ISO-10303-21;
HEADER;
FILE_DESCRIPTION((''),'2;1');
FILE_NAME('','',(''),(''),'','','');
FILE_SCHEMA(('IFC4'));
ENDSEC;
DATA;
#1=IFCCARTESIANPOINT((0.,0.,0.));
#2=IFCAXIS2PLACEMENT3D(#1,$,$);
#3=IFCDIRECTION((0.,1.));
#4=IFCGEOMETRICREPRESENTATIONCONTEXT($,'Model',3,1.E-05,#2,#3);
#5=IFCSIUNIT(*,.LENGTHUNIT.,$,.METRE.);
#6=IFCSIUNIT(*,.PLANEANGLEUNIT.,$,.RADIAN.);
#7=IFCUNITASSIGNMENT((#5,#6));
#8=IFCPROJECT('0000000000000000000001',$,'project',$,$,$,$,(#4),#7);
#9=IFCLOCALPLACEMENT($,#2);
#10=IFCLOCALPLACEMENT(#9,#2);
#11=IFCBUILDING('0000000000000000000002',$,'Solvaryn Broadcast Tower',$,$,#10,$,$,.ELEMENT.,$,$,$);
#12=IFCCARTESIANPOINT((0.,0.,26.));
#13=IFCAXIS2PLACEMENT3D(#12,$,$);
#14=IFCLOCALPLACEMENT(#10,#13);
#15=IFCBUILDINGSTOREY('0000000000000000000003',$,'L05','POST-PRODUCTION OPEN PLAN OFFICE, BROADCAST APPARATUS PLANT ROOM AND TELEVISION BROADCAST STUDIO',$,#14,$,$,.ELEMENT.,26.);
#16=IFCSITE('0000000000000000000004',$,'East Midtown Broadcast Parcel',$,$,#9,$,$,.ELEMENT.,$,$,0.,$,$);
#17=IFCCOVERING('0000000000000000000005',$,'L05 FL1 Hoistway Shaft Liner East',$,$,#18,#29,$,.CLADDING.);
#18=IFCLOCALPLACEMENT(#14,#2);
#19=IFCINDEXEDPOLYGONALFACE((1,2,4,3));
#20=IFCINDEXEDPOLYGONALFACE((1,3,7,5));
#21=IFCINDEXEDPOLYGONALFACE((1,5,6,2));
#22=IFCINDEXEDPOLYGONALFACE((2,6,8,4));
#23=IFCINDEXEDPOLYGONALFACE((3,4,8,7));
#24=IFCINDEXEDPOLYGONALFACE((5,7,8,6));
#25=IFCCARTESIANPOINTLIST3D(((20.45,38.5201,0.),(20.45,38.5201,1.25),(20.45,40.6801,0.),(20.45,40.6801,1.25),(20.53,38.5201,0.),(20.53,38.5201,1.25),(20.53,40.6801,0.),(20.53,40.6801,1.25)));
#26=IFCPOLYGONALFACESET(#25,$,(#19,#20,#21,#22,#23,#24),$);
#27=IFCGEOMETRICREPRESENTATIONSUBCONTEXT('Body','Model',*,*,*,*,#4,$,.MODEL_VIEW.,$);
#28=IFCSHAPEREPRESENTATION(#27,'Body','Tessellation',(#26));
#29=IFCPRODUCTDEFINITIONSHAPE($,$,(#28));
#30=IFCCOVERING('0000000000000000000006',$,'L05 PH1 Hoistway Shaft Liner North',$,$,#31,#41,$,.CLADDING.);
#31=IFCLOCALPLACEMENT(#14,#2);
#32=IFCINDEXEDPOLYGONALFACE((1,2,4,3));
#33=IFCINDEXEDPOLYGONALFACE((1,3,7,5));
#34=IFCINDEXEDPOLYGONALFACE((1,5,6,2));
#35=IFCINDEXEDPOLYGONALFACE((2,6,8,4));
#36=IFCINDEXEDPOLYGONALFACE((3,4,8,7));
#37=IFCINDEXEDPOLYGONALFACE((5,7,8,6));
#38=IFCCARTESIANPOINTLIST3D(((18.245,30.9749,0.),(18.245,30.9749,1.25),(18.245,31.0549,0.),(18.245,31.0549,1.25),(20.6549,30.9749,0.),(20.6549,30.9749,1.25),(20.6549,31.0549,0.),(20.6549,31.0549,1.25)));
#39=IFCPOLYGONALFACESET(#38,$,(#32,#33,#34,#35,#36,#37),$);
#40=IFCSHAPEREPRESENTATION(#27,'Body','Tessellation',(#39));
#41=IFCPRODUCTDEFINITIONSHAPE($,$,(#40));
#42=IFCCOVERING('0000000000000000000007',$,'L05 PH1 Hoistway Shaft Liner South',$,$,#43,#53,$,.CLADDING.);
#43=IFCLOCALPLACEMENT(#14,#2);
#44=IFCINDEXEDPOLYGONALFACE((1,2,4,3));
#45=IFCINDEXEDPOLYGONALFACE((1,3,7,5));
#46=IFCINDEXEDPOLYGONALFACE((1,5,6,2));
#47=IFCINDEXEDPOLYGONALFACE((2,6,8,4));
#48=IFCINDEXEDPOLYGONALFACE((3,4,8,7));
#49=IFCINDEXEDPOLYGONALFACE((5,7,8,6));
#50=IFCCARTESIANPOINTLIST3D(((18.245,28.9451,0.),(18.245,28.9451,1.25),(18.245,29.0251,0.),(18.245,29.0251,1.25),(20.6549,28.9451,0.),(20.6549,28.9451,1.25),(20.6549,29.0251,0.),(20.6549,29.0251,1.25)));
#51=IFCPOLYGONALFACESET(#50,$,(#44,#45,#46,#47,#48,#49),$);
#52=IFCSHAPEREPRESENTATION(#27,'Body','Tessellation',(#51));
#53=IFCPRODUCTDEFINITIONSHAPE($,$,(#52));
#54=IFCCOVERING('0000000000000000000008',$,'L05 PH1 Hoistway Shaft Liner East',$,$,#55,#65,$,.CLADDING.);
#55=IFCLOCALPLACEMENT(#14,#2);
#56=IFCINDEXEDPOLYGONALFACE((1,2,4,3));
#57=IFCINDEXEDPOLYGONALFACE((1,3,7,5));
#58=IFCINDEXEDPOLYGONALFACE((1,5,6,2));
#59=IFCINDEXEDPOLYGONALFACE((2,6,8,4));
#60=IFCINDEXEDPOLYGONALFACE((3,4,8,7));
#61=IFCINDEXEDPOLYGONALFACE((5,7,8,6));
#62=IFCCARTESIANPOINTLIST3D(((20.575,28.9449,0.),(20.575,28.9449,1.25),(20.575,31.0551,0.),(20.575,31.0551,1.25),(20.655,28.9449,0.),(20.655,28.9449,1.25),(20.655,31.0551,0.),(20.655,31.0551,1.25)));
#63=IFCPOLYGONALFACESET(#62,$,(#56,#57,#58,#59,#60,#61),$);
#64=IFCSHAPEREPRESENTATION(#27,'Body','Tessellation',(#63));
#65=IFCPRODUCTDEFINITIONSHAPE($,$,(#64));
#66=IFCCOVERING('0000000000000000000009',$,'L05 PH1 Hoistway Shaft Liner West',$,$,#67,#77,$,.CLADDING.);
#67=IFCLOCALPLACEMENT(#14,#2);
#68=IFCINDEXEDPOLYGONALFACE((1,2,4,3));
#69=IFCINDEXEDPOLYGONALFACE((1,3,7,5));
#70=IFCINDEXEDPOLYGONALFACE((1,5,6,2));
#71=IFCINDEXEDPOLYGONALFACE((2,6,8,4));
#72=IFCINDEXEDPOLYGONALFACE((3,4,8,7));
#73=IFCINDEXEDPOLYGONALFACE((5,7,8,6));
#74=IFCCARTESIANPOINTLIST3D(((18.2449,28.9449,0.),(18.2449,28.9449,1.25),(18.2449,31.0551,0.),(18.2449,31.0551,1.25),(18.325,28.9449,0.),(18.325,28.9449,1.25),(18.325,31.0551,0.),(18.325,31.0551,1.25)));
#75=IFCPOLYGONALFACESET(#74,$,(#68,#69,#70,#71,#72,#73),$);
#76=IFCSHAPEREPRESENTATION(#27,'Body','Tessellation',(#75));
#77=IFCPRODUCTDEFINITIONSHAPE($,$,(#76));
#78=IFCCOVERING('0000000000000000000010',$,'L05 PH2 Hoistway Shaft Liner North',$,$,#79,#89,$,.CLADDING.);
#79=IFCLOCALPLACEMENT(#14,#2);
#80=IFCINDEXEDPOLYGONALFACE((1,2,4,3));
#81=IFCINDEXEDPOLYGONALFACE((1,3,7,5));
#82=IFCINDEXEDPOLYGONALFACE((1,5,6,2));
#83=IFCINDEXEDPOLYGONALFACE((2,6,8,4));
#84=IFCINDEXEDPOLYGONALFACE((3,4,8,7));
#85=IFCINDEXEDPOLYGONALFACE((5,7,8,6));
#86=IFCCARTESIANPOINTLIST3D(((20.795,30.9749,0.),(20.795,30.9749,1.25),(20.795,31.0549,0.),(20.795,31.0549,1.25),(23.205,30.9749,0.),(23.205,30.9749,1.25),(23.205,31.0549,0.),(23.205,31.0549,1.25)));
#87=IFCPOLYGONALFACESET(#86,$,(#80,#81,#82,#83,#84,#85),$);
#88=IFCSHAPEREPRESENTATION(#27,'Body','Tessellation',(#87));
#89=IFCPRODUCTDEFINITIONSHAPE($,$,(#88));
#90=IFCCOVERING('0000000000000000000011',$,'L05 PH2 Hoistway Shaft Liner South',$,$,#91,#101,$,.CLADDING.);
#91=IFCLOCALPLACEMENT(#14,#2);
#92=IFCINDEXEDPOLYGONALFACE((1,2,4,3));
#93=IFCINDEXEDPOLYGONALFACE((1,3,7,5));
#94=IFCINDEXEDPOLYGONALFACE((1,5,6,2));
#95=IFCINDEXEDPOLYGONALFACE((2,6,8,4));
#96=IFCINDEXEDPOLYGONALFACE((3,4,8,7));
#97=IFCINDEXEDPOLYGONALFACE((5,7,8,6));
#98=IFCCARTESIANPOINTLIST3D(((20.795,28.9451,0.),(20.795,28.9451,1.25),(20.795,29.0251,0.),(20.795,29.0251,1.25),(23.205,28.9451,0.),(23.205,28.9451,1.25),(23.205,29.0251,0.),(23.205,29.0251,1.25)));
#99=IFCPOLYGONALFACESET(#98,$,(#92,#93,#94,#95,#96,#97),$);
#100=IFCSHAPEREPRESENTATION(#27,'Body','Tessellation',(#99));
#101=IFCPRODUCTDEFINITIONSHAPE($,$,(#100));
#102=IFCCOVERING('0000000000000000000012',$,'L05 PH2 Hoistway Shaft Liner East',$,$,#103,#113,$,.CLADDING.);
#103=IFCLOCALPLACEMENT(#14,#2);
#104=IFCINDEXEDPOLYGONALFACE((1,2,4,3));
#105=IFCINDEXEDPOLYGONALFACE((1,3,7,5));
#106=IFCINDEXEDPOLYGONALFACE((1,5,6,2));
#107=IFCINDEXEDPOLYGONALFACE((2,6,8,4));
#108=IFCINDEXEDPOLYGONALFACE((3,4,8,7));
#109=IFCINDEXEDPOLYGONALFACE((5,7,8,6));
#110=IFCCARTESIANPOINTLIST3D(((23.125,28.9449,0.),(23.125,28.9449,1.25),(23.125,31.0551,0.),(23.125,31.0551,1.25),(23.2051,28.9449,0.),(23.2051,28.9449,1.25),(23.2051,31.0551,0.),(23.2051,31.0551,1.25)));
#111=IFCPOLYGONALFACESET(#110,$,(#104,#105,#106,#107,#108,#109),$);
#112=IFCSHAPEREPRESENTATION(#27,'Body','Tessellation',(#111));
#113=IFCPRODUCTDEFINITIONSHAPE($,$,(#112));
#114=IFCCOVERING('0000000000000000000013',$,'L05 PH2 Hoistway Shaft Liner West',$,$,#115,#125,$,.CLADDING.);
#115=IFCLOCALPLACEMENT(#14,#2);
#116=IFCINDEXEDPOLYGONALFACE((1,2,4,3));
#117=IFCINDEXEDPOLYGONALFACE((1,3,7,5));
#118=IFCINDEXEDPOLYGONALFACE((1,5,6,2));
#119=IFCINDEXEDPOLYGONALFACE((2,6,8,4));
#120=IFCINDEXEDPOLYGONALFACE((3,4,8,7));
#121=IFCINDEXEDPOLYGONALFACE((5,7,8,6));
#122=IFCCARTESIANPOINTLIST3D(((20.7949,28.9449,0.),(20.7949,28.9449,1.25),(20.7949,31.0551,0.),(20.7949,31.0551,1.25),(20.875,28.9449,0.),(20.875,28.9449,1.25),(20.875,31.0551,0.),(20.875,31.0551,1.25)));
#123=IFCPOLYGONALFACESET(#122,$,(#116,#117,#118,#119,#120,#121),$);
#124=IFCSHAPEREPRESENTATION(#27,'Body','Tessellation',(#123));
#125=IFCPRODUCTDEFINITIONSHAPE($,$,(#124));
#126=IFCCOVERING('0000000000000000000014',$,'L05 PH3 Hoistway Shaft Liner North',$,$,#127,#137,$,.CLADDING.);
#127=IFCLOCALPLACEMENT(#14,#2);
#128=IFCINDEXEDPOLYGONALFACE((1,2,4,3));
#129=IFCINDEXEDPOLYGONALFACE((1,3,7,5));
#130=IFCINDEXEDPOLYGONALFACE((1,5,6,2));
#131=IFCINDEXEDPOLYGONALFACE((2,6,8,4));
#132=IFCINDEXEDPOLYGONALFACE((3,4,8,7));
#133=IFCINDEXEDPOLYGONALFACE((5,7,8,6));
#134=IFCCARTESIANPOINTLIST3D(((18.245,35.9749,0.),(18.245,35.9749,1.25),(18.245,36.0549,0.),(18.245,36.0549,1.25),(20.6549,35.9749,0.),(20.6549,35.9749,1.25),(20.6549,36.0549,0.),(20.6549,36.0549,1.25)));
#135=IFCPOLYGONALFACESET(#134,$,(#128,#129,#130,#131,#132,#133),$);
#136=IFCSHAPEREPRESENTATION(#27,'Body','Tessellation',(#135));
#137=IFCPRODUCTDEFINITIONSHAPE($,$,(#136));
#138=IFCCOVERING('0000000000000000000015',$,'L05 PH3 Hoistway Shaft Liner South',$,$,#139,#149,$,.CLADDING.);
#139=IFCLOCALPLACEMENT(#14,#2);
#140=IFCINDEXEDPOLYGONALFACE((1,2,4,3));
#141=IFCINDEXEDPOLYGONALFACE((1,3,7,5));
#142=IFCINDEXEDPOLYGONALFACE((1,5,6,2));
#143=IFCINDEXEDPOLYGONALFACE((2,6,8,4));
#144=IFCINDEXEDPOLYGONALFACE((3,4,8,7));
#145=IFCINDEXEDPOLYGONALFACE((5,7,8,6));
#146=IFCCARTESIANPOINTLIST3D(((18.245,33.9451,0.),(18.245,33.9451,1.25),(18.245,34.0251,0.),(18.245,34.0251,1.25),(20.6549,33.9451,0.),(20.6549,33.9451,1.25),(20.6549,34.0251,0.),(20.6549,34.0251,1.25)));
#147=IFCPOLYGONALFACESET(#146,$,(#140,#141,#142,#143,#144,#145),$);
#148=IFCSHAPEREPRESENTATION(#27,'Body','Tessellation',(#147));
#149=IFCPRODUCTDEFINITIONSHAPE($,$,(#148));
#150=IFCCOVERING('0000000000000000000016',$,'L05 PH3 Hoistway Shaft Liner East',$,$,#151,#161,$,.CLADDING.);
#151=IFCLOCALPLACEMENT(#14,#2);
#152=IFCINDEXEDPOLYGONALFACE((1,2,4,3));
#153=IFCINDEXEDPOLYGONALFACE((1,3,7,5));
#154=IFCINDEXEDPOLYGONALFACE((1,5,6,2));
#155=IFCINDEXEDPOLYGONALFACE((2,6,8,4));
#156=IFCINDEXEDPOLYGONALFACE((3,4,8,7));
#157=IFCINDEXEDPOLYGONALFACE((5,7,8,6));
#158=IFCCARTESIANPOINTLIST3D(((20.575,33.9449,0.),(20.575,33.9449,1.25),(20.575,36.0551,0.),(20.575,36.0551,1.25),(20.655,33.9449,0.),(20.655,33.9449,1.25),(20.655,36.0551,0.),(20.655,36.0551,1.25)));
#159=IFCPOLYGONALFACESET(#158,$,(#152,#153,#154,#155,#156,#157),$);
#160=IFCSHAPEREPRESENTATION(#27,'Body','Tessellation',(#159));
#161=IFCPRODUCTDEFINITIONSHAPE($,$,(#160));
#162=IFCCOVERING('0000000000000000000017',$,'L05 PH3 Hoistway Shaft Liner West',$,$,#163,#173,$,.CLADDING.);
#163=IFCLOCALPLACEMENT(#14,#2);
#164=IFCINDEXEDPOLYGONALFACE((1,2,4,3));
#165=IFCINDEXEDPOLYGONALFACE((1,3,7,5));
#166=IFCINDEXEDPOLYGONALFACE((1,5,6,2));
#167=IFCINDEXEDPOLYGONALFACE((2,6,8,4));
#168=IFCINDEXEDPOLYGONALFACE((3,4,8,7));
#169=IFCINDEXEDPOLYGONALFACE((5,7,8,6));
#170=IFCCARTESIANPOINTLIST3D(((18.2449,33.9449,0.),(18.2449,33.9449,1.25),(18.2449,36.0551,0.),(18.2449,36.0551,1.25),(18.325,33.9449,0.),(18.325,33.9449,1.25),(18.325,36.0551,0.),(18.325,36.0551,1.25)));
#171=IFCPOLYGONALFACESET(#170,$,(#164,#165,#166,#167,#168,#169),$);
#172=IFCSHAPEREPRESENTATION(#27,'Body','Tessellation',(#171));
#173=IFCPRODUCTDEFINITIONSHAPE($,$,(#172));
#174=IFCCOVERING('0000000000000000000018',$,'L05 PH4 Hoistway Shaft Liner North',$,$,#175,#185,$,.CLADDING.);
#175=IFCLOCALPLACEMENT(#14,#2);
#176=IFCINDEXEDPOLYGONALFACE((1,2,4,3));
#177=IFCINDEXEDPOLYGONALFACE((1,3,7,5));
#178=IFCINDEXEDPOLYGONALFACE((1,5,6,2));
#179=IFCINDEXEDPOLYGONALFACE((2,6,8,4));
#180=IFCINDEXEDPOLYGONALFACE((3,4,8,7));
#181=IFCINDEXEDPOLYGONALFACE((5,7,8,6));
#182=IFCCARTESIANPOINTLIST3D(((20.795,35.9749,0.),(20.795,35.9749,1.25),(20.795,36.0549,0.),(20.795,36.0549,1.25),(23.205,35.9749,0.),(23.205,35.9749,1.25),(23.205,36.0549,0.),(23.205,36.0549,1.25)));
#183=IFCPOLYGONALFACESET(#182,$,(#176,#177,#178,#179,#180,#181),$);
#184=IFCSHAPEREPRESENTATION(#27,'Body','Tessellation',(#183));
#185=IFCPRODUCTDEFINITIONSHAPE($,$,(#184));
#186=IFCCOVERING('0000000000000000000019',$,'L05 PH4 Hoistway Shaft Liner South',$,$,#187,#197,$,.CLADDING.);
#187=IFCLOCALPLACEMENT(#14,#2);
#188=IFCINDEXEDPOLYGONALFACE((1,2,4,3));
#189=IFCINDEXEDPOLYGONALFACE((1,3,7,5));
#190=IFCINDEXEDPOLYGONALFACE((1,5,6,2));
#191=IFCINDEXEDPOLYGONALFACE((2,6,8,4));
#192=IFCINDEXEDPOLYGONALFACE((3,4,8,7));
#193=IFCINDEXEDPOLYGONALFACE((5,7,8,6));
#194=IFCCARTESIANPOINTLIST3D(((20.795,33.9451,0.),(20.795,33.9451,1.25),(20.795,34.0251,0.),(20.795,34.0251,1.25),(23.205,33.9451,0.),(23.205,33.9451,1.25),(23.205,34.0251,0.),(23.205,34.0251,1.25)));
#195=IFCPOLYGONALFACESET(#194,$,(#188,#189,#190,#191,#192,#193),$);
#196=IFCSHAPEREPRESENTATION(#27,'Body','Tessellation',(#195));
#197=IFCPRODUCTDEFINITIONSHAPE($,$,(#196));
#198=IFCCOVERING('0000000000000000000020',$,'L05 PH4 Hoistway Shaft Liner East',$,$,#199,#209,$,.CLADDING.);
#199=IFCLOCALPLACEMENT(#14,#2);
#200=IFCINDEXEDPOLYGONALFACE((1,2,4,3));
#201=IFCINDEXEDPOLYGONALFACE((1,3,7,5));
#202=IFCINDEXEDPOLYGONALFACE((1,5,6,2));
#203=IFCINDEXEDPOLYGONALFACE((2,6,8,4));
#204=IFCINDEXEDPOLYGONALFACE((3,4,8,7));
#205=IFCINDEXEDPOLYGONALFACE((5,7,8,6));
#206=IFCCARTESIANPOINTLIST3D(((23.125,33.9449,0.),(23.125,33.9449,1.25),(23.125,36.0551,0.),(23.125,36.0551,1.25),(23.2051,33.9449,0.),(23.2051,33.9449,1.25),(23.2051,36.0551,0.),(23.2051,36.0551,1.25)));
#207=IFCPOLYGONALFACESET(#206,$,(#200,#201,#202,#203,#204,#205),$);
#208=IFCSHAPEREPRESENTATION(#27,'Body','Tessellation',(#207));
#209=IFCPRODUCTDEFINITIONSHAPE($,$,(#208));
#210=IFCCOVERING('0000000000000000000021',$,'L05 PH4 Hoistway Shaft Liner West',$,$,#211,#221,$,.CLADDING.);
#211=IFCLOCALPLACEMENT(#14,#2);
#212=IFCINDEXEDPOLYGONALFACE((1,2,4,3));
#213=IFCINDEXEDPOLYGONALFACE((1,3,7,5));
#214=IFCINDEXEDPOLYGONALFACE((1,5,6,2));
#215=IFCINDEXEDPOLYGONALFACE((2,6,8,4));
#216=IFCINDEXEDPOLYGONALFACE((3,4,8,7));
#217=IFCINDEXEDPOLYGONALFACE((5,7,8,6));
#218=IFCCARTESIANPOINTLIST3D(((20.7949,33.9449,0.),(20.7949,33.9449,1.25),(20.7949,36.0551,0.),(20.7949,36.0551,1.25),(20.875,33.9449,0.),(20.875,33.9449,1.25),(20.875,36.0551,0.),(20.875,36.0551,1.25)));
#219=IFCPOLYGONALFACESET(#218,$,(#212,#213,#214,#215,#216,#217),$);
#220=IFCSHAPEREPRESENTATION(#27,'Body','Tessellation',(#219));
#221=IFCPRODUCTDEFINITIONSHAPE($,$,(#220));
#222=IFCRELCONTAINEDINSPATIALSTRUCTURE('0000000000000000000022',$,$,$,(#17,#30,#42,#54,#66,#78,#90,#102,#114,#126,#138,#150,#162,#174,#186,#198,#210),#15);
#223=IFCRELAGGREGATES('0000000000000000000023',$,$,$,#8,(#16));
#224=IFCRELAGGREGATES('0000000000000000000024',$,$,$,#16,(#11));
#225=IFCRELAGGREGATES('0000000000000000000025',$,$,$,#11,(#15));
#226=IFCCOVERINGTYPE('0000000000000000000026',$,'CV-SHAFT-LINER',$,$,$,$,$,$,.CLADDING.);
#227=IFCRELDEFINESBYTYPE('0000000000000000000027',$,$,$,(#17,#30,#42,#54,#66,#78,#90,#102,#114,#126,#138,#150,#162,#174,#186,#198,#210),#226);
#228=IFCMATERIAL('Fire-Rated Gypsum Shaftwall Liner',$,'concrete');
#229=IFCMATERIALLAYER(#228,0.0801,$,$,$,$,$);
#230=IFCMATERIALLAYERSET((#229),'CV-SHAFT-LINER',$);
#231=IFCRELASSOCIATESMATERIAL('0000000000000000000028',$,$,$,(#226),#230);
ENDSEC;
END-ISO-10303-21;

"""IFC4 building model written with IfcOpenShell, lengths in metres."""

from ifc_helpers import new_model, si_unit, direction, frame, origin, origin_2d, place, context, subcontext, project, spatial, rectangle, extrude, material, layer, layer_set, type_object, element, save


model = new_model("IFC4")

# Units and contexts
model_context = context("Model", 3, precision=1e-05, world=origin(), true_north=direction((0.0, 1.0)))
body_context = subcontext(model_context, "Body", "Model", "MODEL_VIEW")
ifc_project = project(units=[si_unit("LENGTHUNIT", "METRE"), si_unit("PLANEANGLEUNIT", "RADIAN")], contexts=[model_context])

# Site, building, storey
site_placement = place(None, origin())
site = spatial("IfcSite", under=ifc_project, at=site_placement, Name="East Midtown Broadcast Parcel", CompositionType="ELEMENT", RefElevation=0.0)
building_placement = place(site_placement, origin())
building = spatial("IfcBuilding", under=site, at=building_placement, Name="Solvaryn Broadcast Tower", CompositionType="ELEMENT")
storey_placement = place(building_placement, frame((0.0, 0.0, 26.0)))
storey = spatial("IfcBuildingStorey", under=building, at=storey_placement, Name="L05", Description="POST-PRODUCTION OPEN PLAN OFFICE, BROADCAST APPARATUS PLANT ROOM AND TELEVISION BROADCAST STUDIO", CompositionType="ELEMENT", Elevation=26.0)

# Coverings
ifc_material_1 = material(Name="Fire-Rated Gypsum Shaftwall Liner", Category="concrete")
ifc_layer_1 = layer(ifc_material_1, 0.0801)
ifc_layer_set_1 = layer_set([ifc_layer_1], Name="CV-SHAFT-LINER")
covering_type = type_object("IfcCoveringType", Name="CV-SHAFT-LINER", PredefinedType="CLADDING", material=ifc_layer_set_1)
covering_1_placement = place(storey_placement, frame((20.49, 39.6001, 0.0), z_axis=(0.0, 0.0, 1.0), x_axis=(1.0, 0.0, 0.0)))
element("IfcCovering", 1, at=covering_1_placement, inside=storey, type_object=covering_type, Name="L05 FL1 Hoistway Shaft Liner East", PredefinedType="CLADDING", context=body_context, shape_type="SweptSolid", body=[
    extrude(rectangle(XDim=0.0801, YDim=2.1599, at=origin_2d()), origin(), (0.0, 0.0, 1.0), 1.25),
])
for number, where, z_axis, x_axis, name in (
    (2, (19.45, 31.0149, 0.0), (0.0, 0.0, 1.0), (1.0, 0.0, 0.0), "L05 PH1 Hoistway Shaft Liner North"),
    (3, (19.45, 28.9851, 0.0), (0.0, 0.0, 1.0), (1.0, 0.0, 0.0), "L05 PH1 Hoistway Shaft Liner South"),
):
    element("IfcCovering", number, at=place(storey_placement, frame(where, z_axis=z_axis, x_axis=x_axis)), inside=storey, type_object=covering_type, Name=name, PredefinedType="CLADDING", context=body_context, shape_type="SweptSolid", body=[
        extrude(rectangle(XDim=2.4099, YDim=0.0801, at=origin_2d()), origin(), (0.0, 0.0, 1.0), 1.25),
    ])
for number, where, z_axis, x_axis, name in (
    (4, (20.615, 30.0, 0.0), (0.0, 0.0, 1.0), (1.0, 0.0, 0.0), "L05 PH1 Hoistway Shaft Liner East"),
    (5, (18.2849, 30.0, 0.0), (0.0, 0.0, 1.0), (1.0, 0.0, 0.0), "L05 PH1 Hoistway Shaft Liner West"),
):
    element("IfcCovering", number, at=place(storey_placement, frame(where, z_axis=z_axis, x_axis=x_axis)), inside=storey, type_object=covering_type, Name=name, PredefinedType="CLADDING", context=body_context, shape_type="SweptSolid", body=[
        extrude(rectangle(XDim=0.0801, YDim=2.1101, at=origin_2d()), origin(), (0.0, 0.0, 1.0), 1.25),
    ])
for number, where, z_axis, x_axis, name in (
    (6, (22.0, 31.0149, 0.0), (0.0, 0.0, 1.0), (1.0, 0.0, 0.0), "L05 PH2 Hoistway Shaft Liner North"),
    (7, (22.0, 28.9851, 0.0), (0.0, 0.0, 1.0), (1.0, 0.0, 0.0), "L05 PH2 Hoistway Shaft Liner South"),
):
    element("IfcCovering", number, at=place(storey_placement, frame(where, z_axis=z_axis, x_axis=x_axis)), inside=storey, type_object=covering_type, Name=name, PredefinedType="CLADDING", context=body_context, shape_type="SweptSolid", body=[
        extrude(rectangle(XDim=2.4099, YDim=0.0801, at=origin_2d()), origin(), (0.0, 0.0, 1.0), 1.25),
    ])
for number, where, z_axis, x_axis, name in (
    (8, (23.165, 30.0, 0.0), (0.0, 0.0, 1.0), (1.0, 0.0, 0.0), "L05 PH2 Hoistway Shaft Liner East"),
    (9, (20.835, 30.0, 0.0), (0.0, 0.0, 1.0), (1.0, 0.0, 0.0), "L05 PH2 Hoistway Shaft Liner West"),
):
    element("IfcCovering", number, at=place(storey_placement, frame(where, z_axis=z_axis, x_axis=x_axis)), inside=storey, type_object=covering_type, Name=name, PredefinedType="CLADDING", context=body_context, shape_type="SweptSolid", body=[
        extrude(rectangle(XDim=0.0801, YDim=2.1101, at=origin_2d()), origin(), (0.0, 0.0, 1.0), 1.25),
    ])
for number, where, z_axis, x_axis, name in (
    (10, (19.45, 36.0149, 0.0), (0.0, 0.0, 1.0), (1.0, 0.0, 0.0), "L05 PH3 Hoistway Shaft Liner North"),
    (11, (19.45, 33.9851, 0.0), (0.0, 0.0, 1.0), (1.0, 0.0, 0.0), "L05 PH3 Hoistway Shaft Liner South"),
):
    element("IfcCovering", number, at=place(storey_placement, frame(where, z_axis=z_axis, x_axis=x_axis)), inside=storey, type_object=covering_type, Name=name, PredefinedType="CLADDING", context=body_context, shape_type="SweptSolid", body=[
        extrude(rectangle(XDim=2.4099, YDim=0.0801, at=origin_2d()), origin(), (0.0, 0.0, 1.0), 1.25),
    ])
for number, where, z_axis, x_axis, name in (
    (12, (20.615, 35.0, 0.0), (0.0, 0.0, 1.0), (1.0, 0.0, 0.0), "L05 PH3 Hoistway Shaft Liner East"),
    (13, (18.2849, 35.0, 0.0), (0.0, 0.0, 1.0), (1.0, 0.0, 0.0), "L05 PH3 Hoistway Shaft Liner West"),
):
    element("IfcCovering", number, at=place(storey_placement, frame(where, z_axis=z_axis, x_axis=x_axis)), inside=storey, type_object=covering_type, Name=name, PredefinedType="CLADDING", context=body_context, shape_type="SweptSolid", body=[
        extrude(rectangle(XDim=0.0801, YDim=2.1101, at=origin_2d()), origin(), (0.0, 0.0, 1.0), 1.25),
    ])
for number, where, z_axis, x_axis, name in (
    (14, (22.0, 36.0149, 0.0), (0.0, 0.0, 1.0), (1.0, 0.0, 0.0), "L05 PH4 Hoistway Shaft Liner North"),
    (15, (22.0, 33.9851, 0.0), (0.0, 0.0, 1.0), (1.0, 0.0, 0.0), "L05 PH4 Hoistway Shaft Liner South"),
):
    element("IfcCovering", number, at=place(storey_placement, frame(where, z_axis=z_axis, x_axis=x_axis)), inside=storey, type_object=covering_type, Name=name, PredefinedType="CLADDING", context=body_context, shape_type="SweptSolid", body=[
        extrude(rectangle(XDim=2.4099, YDim=0.0801, at=origin_2d()), origin(), (0.0, 0.0, 1.0), 1.25),
    ])
for number, where, z_axis, x_axis, name in (
    (16, (23.165, 35.0, 0.0), (0.0, 0.0, 1.0), (1.0, 0.0, 0.0), "L05 PH4 Hoistway Shaft Liner East"),
    (17, (20.835, 35.0, 0.0), (0.0, 0.0, 1.0), (1.0, 0.0, 0.0), "L05 PH4 Hoistway Shaft Liner West"),
):
    element("IfcCovering", number, at=place(storey_placement, frame(where, z_axis=z_axis, x_axis=x_axis)), inside=storey, type_object=covering_type, Name=name, PredefinedType="CLADDING", context=body_context, shape_type="SweptSolid", body=[
        extrude(rectangle(XDim=0.0801, YDim=2.1101, at=origin_2d()), origin(), (0.0, 0.0, 1.0), 1.25),
    ])

save(model, "model.ifc")
